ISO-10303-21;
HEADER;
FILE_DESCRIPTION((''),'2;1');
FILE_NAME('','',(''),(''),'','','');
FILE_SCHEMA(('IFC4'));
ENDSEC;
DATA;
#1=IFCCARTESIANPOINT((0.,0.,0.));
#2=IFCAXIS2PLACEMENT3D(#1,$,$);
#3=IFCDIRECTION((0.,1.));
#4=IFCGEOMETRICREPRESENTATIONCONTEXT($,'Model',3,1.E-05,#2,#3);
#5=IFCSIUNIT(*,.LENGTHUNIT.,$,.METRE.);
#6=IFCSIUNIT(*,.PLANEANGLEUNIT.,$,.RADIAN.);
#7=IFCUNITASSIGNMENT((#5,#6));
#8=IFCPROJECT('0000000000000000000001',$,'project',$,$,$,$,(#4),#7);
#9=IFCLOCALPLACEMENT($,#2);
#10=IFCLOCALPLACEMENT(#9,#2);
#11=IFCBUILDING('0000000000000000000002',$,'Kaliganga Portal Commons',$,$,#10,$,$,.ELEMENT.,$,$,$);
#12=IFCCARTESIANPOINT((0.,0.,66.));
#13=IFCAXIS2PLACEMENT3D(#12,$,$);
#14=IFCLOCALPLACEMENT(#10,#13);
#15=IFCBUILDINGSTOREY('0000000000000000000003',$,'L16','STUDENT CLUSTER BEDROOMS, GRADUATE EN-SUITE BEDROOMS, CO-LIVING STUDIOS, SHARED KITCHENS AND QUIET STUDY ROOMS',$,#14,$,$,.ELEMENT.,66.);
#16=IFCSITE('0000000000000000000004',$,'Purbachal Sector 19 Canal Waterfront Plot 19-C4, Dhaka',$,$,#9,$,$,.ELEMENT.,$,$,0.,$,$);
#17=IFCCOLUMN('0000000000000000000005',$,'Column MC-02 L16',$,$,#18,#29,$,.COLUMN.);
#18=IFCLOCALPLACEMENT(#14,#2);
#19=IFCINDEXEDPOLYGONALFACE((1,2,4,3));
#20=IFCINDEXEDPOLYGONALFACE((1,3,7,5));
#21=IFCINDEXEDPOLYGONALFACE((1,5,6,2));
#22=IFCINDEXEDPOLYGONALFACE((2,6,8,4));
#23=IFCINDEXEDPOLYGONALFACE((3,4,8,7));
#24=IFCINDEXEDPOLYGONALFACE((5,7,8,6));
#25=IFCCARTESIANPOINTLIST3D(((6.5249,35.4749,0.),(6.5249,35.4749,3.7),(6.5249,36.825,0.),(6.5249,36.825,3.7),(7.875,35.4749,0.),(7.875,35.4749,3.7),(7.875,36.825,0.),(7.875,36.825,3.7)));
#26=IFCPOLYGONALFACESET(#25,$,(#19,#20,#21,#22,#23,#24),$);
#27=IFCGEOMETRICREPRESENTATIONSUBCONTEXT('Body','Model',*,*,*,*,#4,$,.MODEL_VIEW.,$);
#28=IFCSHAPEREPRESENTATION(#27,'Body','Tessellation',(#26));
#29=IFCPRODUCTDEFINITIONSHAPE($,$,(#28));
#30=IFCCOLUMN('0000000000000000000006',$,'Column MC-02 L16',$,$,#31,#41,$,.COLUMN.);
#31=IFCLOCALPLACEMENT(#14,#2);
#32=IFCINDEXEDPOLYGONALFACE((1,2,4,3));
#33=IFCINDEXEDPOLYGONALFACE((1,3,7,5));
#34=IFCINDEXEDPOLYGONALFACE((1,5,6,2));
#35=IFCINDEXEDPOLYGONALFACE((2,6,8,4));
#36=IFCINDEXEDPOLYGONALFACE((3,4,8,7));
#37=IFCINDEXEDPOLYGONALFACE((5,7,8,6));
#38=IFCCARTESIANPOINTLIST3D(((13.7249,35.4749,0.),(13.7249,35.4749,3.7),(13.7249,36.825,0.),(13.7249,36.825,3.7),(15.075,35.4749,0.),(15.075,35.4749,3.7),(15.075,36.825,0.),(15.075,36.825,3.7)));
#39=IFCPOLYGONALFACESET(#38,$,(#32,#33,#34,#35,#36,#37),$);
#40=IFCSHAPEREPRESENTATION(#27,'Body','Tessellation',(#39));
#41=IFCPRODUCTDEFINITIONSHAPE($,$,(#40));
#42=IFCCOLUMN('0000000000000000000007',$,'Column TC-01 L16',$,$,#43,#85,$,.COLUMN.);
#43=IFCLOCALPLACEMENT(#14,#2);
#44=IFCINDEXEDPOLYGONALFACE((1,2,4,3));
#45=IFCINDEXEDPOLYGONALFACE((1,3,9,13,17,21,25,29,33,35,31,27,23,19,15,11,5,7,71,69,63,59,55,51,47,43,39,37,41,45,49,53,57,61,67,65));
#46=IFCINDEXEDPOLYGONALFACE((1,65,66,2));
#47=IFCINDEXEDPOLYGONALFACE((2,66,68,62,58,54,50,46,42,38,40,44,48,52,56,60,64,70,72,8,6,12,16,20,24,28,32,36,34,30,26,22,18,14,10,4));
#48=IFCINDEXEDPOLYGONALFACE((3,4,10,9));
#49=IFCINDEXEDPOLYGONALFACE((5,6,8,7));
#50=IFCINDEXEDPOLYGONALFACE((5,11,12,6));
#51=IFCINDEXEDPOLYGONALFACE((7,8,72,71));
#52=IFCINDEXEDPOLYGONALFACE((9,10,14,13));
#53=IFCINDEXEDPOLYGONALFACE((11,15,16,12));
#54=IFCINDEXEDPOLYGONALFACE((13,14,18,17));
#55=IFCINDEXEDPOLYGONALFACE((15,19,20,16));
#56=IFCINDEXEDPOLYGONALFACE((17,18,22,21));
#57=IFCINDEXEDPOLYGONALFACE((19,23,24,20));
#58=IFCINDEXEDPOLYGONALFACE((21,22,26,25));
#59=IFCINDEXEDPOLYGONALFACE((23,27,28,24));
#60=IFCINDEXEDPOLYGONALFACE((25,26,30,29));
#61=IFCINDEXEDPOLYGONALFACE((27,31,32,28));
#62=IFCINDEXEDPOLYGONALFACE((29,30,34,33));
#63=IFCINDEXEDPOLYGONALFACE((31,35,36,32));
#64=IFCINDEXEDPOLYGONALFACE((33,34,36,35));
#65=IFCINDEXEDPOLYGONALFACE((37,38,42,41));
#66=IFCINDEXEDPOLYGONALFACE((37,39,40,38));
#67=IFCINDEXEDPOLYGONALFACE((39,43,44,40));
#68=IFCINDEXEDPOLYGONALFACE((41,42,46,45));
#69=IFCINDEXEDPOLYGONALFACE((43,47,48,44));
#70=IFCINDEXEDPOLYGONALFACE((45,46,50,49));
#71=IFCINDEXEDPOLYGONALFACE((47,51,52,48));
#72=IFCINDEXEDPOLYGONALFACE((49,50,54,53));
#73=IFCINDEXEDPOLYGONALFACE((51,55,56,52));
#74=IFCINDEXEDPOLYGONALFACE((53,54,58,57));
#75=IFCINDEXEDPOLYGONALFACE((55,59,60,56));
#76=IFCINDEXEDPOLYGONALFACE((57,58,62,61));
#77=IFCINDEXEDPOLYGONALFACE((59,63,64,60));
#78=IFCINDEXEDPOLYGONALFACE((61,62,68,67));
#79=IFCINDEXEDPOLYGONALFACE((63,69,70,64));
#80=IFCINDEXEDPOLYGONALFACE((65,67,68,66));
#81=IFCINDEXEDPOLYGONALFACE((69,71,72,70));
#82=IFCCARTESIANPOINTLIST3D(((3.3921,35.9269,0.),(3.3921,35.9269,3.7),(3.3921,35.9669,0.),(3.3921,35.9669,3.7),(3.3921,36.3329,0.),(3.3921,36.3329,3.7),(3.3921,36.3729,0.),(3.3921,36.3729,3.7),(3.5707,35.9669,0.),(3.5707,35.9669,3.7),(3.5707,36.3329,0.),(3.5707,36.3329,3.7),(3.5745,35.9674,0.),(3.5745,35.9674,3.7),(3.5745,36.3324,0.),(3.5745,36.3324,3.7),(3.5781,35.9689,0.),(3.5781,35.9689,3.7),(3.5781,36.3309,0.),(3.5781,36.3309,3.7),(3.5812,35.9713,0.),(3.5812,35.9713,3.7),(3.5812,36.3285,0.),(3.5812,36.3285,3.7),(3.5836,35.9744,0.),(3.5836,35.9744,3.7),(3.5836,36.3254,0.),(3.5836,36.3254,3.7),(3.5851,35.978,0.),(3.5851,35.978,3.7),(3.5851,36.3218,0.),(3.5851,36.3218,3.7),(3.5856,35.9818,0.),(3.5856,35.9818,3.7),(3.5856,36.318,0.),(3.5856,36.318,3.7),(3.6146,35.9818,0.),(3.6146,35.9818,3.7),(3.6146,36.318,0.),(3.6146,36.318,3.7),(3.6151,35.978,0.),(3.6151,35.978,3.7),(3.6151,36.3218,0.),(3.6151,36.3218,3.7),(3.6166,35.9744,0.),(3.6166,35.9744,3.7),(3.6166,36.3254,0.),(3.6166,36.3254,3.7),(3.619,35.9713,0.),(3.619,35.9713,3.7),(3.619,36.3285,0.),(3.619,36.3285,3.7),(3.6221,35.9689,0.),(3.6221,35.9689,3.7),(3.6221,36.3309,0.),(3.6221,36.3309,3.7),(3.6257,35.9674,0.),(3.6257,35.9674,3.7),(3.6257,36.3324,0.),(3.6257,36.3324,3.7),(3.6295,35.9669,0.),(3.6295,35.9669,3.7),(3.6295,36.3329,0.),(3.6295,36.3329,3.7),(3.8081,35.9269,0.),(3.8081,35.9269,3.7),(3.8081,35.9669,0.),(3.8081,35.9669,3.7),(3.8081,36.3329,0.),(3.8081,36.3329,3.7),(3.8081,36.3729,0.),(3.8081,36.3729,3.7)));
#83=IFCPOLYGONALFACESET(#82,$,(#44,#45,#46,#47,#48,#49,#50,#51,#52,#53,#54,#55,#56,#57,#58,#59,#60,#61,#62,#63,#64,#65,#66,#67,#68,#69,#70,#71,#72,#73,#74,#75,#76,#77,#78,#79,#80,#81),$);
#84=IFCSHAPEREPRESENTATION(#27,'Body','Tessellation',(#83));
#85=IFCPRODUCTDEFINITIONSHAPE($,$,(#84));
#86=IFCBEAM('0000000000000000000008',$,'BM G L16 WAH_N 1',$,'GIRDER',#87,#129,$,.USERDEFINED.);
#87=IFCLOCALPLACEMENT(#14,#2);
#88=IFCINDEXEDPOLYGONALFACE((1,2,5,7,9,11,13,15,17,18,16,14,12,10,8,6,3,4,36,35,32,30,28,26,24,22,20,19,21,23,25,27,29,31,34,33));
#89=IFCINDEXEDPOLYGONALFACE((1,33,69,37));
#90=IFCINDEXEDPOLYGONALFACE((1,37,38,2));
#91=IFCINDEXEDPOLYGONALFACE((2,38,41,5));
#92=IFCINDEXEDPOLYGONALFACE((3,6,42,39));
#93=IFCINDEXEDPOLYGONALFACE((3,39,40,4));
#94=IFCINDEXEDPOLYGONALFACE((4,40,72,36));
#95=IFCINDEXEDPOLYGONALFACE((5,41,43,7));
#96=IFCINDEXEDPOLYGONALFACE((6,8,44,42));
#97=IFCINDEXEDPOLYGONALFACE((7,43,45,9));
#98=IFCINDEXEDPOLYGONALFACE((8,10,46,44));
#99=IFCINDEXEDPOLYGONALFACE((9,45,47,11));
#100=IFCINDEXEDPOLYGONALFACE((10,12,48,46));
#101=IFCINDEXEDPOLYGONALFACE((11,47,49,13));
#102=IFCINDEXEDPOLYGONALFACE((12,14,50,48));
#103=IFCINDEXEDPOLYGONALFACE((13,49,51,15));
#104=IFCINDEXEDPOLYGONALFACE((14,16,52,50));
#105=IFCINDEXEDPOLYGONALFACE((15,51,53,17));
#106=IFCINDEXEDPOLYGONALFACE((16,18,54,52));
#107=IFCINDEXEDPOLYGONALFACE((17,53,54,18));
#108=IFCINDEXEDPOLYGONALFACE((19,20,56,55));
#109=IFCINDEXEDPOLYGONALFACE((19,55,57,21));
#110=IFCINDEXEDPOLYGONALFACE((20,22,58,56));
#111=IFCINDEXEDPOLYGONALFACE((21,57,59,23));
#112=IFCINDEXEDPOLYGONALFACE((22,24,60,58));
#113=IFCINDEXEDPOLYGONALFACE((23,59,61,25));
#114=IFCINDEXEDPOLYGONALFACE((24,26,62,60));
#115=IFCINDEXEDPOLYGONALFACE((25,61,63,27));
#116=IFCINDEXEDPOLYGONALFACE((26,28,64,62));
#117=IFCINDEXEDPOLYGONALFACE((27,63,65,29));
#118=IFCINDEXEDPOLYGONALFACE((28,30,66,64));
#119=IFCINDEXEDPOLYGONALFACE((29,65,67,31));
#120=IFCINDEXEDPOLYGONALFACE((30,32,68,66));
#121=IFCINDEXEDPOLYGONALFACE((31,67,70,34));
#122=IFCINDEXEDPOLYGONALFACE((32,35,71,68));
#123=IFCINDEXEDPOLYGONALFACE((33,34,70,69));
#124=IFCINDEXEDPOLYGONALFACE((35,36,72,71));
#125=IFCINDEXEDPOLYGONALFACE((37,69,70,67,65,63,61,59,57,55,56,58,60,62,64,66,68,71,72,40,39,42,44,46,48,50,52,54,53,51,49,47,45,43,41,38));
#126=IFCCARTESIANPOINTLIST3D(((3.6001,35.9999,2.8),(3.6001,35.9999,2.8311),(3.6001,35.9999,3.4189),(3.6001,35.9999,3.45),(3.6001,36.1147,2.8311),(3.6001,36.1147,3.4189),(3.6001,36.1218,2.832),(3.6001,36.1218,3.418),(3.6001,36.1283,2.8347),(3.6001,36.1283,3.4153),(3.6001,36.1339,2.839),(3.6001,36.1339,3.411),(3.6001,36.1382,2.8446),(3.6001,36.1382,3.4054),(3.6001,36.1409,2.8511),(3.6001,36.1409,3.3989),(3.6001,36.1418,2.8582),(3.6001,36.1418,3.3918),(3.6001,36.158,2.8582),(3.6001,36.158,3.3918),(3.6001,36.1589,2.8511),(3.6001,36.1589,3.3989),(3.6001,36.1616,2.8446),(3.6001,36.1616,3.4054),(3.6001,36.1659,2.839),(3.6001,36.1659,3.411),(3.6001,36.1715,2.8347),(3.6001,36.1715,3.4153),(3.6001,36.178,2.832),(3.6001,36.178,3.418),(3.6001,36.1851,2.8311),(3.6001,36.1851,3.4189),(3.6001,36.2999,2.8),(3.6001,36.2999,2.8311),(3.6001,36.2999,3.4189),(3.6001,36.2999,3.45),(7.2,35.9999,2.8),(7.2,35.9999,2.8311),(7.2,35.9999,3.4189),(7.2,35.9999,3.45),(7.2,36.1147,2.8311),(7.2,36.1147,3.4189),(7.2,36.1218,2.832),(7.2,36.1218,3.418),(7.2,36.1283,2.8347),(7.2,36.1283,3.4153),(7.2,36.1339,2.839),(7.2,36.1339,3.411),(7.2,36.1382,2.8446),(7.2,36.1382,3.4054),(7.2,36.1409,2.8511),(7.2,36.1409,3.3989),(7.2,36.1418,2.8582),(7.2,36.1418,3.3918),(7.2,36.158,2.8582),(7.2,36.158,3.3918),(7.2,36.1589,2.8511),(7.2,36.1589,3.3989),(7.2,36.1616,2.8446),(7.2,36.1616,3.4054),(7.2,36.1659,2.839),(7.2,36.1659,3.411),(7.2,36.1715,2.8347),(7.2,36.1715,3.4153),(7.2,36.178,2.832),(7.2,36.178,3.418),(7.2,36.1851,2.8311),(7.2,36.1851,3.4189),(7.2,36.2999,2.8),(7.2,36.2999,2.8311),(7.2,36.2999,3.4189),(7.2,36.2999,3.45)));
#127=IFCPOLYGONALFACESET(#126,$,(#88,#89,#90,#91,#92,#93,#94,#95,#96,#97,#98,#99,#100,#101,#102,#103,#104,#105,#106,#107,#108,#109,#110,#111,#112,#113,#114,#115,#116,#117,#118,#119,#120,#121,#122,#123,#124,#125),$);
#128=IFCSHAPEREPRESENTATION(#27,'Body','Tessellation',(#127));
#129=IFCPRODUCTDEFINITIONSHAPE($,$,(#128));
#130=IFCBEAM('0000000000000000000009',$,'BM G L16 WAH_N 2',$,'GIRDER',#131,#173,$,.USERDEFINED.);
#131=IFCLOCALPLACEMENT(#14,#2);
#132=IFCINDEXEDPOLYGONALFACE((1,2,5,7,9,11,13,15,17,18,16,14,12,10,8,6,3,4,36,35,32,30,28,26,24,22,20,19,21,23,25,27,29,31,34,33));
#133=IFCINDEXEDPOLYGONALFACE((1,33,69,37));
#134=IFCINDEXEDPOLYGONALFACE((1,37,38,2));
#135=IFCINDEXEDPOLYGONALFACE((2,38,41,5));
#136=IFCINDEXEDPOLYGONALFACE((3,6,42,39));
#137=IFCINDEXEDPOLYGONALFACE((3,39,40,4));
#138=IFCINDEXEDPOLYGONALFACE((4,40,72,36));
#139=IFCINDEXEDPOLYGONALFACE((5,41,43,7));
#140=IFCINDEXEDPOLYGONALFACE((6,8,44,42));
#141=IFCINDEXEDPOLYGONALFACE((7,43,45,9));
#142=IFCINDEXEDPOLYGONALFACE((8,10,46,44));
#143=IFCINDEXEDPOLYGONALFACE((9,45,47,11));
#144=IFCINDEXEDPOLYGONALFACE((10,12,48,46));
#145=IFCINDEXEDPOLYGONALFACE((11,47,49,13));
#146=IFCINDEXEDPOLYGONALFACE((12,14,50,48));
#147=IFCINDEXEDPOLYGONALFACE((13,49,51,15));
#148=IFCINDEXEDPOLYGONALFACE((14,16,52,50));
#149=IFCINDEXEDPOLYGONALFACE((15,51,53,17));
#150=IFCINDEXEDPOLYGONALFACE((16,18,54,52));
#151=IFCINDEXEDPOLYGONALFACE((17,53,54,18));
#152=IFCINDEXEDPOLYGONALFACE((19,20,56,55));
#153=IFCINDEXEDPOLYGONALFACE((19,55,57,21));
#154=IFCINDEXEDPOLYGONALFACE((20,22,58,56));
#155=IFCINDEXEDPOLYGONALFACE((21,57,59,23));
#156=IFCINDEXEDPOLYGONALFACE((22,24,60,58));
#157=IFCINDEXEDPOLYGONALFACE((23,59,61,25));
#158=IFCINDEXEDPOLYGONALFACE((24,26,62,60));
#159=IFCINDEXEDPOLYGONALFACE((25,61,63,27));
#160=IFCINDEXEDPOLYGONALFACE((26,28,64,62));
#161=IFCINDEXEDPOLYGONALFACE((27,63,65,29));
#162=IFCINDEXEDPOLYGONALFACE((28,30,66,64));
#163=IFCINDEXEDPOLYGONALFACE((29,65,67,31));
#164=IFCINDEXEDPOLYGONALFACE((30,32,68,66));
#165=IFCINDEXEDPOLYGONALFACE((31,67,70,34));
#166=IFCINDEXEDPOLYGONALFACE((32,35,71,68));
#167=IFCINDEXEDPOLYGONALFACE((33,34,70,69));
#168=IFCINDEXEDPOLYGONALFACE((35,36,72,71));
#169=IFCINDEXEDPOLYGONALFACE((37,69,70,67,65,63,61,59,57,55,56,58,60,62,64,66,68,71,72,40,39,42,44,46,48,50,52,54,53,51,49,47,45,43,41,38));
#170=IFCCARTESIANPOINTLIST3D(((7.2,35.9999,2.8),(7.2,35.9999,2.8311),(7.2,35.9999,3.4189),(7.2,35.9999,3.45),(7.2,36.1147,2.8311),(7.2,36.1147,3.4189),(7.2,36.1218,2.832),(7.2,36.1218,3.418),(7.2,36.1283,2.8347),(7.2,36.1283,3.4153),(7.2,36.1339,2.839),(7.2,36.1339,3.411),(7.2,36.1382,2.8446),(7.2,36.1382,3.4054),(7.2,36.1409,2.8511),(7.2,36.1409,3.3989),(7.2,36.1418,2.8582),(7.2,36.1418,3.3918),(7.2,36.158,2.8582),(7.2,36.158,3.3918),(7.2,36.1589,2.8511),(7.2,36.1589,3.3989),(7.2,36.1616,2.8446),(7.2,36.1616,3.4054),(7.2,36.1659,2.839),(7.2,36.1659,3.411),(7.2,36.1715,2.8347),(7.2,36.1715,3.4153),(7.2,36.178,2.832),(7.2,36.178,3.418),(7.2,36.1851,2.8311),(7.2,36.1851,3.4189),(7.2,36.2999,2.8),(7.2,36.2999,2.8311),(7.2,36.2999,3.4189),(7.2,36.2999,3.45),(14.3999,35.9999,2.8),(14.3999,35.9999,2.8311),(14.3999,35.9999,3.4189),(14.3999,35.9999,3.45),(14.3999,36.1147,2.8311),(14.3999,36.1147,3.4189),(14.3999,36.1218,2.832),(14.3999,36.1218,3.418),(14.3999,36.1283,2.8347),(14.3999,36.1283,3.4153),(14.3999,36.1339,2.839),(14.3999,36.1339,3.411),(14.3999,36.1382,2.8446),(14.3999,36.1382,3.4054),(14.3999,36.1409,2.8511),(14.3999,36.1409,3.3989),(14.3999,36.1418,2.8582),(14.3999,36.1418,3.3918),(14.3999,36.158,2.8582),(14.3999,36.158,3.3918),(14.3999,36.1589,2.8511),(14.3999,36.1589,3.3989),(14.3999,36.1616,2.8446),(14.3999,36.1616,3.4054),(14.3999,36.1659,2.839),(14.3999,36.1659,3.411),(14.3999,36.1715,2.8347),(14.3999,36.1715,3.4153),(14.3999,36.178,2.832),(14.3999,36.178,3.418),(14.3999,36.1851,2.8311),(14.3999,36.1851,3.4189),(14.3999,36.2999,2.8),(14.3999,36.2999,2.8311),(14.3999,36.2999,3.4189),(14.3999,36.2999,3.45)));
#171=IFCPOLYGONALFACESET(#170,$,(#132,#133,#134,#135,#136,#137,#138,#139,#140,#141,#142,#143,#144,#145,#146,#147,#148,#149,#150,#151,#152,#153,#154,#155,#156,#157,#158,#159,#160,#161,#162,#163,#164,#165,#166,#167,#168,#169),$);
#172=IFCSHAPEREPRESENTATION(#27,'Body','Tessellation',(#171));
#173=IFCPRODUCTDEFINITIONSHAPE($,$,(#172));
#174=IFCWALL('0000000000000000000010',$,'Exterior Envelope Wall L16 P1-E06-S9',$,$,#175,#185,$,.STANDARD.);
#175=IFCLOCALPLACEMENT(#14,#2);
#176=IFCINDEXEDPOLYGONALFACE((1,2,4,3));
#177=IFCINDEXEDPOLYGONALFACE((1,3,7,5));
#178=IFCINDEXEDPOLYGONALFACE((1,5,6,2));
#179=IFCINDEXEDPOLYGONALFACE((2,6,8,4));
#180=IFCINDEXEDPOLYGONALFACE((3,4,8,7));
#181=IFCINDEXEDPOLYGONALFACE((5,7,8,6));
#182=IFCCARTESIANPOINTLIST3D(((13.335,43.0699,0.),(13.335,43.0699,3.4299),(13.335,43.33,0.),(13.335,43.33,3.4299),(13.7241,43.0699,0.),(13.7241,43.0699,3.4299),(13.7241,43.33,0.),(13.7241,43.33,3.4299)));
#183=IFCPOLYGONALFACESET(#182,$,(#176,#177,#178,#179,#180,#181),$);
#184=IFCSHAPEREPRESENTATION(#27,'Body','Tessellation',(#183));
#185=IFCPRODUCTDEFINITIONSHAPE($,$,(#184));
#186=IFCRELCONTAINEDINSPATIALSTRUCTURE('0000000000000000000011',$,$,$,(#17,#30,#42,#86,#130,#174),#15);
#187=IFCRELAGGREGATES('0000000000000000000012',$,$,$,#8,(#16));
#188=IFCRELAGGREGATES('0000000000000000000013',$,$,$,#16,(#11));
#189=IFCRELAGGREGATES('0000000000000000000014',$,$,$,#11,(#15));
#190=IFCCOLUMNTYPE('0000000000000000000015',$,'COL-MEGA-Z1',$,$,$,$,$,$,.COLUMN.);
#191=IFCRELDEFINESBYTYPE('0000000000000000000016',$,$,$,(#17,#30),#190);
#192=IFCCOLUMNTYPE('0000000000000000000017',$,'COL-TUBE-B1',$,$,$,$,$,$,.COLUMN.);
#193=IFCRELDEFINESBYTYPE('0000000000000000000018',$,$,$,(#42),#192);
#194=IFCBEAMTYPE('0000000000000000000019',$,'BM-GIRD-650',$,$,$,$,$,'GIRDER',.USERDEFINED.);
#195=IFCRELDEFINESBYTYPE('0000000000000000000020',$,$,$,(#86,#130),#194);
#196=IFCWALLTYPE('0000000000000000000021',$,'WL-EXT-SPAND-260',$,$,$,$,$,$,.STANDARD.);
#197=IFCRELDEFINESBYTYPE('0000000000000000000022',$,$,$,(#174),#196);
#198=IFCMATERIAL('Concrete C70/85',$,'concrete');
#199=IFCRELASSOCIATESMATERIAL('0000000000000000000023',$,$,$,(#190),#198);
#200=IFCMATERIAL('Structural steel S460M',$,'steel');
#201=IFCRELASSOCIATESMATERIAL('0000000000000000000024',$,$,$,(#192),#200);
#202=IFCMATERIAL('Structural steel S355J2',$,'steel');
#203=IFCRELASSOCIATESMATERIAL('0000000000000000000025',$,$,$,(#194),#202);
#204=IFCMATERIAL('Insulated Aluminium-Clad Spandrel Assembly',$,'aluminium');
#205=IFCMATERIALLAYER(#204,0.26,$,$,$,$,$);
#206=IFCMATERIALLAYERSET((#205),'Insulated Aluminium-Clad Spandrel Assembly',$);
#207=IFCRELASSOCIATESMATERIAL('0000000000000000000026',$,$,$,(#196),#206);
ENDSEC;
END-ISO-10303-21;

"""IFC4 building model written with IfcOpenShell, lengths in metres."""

from ifc_helpers import new_model, si_unit, direction, frame, frame_2d, origin, origin_2d, place, context, subcontext, project, spatial, rectangle, i_section, extrude, source, transform, mapped, material, layer, layer_set, material_profile, profile_set, type_object, element, save


model = new_model("IFC4")

# Units and contexts
model_context = context("Model", 3, precision=1e-05, world=origin(), true_north=direction((0.0, 1.0)))
body_context = subcontext(model_context, "Body", "Model", "MODEL_VIEW")
ifc_project = project(units=[si_unit("LENGTHUNIT", "METRE"), si_unit("PLANEANGLEUNIT", "RADIAN")], contexts=[model_context])

# Site, building, storey
site_placement = place(None, origin())
site = spatial("IfcSite", under=ifc_project, at=site_placement, Name="Purbachal Sector 19 Canal Waterfront Plot 19-C4, Dhaka", CompositionType="ELEMENT", RefElevation=0.0)
building_placement = place(site_placement, origin())
building = spatial("IfcBuilding", under=site, at=building_placement, Name="Kaliganga Portal Commons", CompositionType="ELEMENT")
storey_placement = place(building_placement, frame((0.0, 0.0, 66.0)))
storey = spatial("IfcBuildingStorey", under=building, at=storey_placement, Name="L16", Description="STUDENT CLUSTER BEDROOMS, GRADUATE EN-SUITE BEDROOMS, CO-LIVING STUDIOS, SHARED KITCHENS AND QUIET STUDY ROOMS", CompositionType="ELEMENT", Elevation=66.0)

# Columns
ifc_material_1 = material(Name="Concrete C70/85", Category="concrete")
ifc_material_profile_1 = material_profile(ifc_material_1, rectangle(XDim=1.3501, YDim=1.3501, at=origin_2d()), Name="RC 1350x1350")
ifc_profile_set_1 = profile_set([ifc_material_profile_1], Name="Concrete C70/85")
column_type_1 = type_object("IfcColumnType", Name="COL-MEGA-Z1", PredefinedType="COLUMN", material=ifc_profile_set_1)
shared_shape_1 = source(origin(), body_context, "Body", "SweptSolid", [
    extrude(rectangle(XDim=1.3501, YDim=1.3501, at=origin_2d()), origin(), (0.0, 0.0, 1.0), 3.7),
])
for number, where, z_axis, x_axis, name in (
    (1, (7.2, 36.1499, 0.0), (0.0, 0.0, 1.0), (1.0, 0.0, 0.0), "Column MC-02 L16"),
    (2, (14.3999, 36.1499, 0.0), (0.0, 0.0, 1.0), (1.0, 0.0, 0.0), "Column MC-02 L16"),
):
    element("IfcColumn", number, at=place(storey_placement, frame(where, z_axis=z_axis, x_axis=x_axis)), inside=storey, type_object=column_type_1, Name=name, PredefinedType="COLUMN", context=body_context, shape_type="MappedRepresentation", body=[
        mapped(shared_shape_1, transform((0.0, 0.0, 0.0), x_axis=(1.0, 0.0, 0.0), y_axis=(0.0, 1.0, 0.0), z_axis=(0.0, 0.0, 1.0), scale=1.0)),
    ])
ifc_material_2 = material(Name="Structural steel S460M", Category="steel")
ifc_material_profile_2 = material_profile(ifc_material_2, i_section(OverallWidth=0.416, OverallDepth=0.446, WebThickness=0.0291, FlangeThickness=0.04, FilletRadius=0.0149, at=origin_2d()), Name="HD 400x509")
ifc_profile_set_2 = profile_set([ifc_material_profile_2], Name="Structural steel S460M wide-flange")
column_type_2 = type_object("IfcColumnType", Name="COL-TUBE-B1", PredefinedType="COLUMN", material=ifc_profile_set_2)
shared_shape_2 = source(origin(), body_context, "Body", "SweptSolid", [
    extrude(i_section(OverallWidth=0.416, OverallDepth=0.446, WebThickness=0.0291, FlangeThickness=0.04, FilletRadius=0.0149, at=origin_2d()), origin(), (0.0, 0.0, 1.0), 3.7),
])
column_placement = place(storey_placement, frame((3.6001, 36.1499, 0.0), z_axis=(0.0, 0.0, 1.0), x_axis=(1.0, 0.0, 0.0)))
element("IfcColumn", 3, at=column_placement, inside=storey, type_object=column_type_2, Name="Column TC-01 L16", PredefinedType="COLUMN", context=body_context, shape_type="MappedRepresentation", body=[
    mapped(shared_shape_2, transform((0.0, 0.0, 0.0), x_axis=(1.0, 0.0, 0.0), y_axis=(0.0, 1.0, 0.0), z_axis=(0.0, 0.0, 1.0), scale=1.0)),
])

# Beams
ifc_material_3 = material(Name="Structural steel S355J2", Category="steel")
ifc_material_profile_3 = material_profile(ifc_material_3, i_section(OverallWidth=0.3, OverallDepth=0.6499, WebThickness=0.0161, FlangeThickness=0.031, FilletRadius=0.0271, at=origin_2d()), Name="HE 650 B")
ifc_profile_set_3 = profile_set([ifc_material_profile_3], Name="Structural steel S355J2 wide-flange")
beam_type = type_object("IfcBeamType", Name="BM-GIRD-650", ElementType="GIRDER", PredefinedType="USERDEFINED", material=ifc_profile_set_3)
shared_shape_3 = source(origin(), body_context, "Body", "SweptSolid", [
    extrude(i_section(OverallWidth=0.3, OverallDepth=0.6499, WebThickness=0.0161, FlangeThickness=0.031, FilletRadius=0.0271, at=origin_2d()), origin(), (0.0, 0.0, 1.0), 3.5999),
])
beam_1_placement = place(storey_placement, frame((3.6001, 36.1499, 3.125), z_axis=(1.0, 0.0, 0.0), x_axis=(0.0, 1.0, 0.0)))
element("IfcBeam", 4, at=beam_1_placement, inside=storey, type_object=beam_type, Name="BM G L16 WAH_N 1", ObjectType="GIRDER", PredefinedType="USERDEFINED", context=body_context, shape_type="MappedRepresentation", body=[
    mapped(shared_shape_3, transform((0.0, 0.0, 0.0), x_axis=(1.0, 0.0, 0.0), y_axis=(0.0, 1.0, 0.0), z_axis=(0.0, 0.0, 1.0), scale=1.0)),
])
shared_shape_4 = source(origin(), body_context, "Body", "SweptSolid", [
    extrude(i_section(OverallWidth=0.3, OverallDepth=0.6499, WebThickness=0.0161, FlangeThickness=0.031, FilletRadius=0.0271, at=origin_2d()), origin(), (0.0, 0.0, 1.0), 7.2),
])
beam_2_placement = place(storey_placement, frame((7.2, 36.1499, 3.125), z_axis=(1.0, 0.0, 0.0), x_axis=(0.0, 1.0, 0.0)))
element("IfcBeam", 5, at=beam_2_placement, inside=storey, type_object=beam_type, Name="BM G L16 WAH_N 2", ObjectType="GIRDER", PredefinedType="USERDEFINED", context=body_context, shape_type="MappedRepresentation", body=[
    mapped(shared_shape_4, transform((0.0, 0.0, 0.0), x_axis=(1.0, 0.0, 0.0), y_axis=(0.0, 1.0, 0.0), z_axis=(0.0, 0.0, 1.0), scale=1.0)),
])

# Wall
ifc_material_4 = material(Name="Insulated Aluminium-Clad Spandrel Assembly", Category="aluminium")
ifc_layer_1 = layer(ifc_material_4, 0.26)
ifc_layer_set_1 = layer_set([ifc_layer_1], Name="Insulated Aluminium-Clad Spandrel Assembly")
wall_type_1 = type_object("IfcWallType", Name="WL-EXT-SPAND-260", PredefinedType="STANDARD", material=ifc_layer_set_1)
wall_1_placement = place(storey_placement, frame((13.335, 43.2, 0.0), z_axis=(0.0, 0.0, 1.0), x_axis=(1.0, 0.0, 0.0)))
element("IfcWall", 6, at=wall_1_placement, inside=storey, type_object=wall_type_1, Name="Exterior Envelope Wall L16 P1-E06-S9", PredefinedType="STANDARD", context=body_context, shape_type="SweptSolid", body=[
    extrude(rectangle(XDim=0.3892, YDim=0.26, at=frame_2d((0.1946, 0.0))), origin(), (0.0, 0.0, 1.0), 3.4299),
])

save(model, "model.ifc")
